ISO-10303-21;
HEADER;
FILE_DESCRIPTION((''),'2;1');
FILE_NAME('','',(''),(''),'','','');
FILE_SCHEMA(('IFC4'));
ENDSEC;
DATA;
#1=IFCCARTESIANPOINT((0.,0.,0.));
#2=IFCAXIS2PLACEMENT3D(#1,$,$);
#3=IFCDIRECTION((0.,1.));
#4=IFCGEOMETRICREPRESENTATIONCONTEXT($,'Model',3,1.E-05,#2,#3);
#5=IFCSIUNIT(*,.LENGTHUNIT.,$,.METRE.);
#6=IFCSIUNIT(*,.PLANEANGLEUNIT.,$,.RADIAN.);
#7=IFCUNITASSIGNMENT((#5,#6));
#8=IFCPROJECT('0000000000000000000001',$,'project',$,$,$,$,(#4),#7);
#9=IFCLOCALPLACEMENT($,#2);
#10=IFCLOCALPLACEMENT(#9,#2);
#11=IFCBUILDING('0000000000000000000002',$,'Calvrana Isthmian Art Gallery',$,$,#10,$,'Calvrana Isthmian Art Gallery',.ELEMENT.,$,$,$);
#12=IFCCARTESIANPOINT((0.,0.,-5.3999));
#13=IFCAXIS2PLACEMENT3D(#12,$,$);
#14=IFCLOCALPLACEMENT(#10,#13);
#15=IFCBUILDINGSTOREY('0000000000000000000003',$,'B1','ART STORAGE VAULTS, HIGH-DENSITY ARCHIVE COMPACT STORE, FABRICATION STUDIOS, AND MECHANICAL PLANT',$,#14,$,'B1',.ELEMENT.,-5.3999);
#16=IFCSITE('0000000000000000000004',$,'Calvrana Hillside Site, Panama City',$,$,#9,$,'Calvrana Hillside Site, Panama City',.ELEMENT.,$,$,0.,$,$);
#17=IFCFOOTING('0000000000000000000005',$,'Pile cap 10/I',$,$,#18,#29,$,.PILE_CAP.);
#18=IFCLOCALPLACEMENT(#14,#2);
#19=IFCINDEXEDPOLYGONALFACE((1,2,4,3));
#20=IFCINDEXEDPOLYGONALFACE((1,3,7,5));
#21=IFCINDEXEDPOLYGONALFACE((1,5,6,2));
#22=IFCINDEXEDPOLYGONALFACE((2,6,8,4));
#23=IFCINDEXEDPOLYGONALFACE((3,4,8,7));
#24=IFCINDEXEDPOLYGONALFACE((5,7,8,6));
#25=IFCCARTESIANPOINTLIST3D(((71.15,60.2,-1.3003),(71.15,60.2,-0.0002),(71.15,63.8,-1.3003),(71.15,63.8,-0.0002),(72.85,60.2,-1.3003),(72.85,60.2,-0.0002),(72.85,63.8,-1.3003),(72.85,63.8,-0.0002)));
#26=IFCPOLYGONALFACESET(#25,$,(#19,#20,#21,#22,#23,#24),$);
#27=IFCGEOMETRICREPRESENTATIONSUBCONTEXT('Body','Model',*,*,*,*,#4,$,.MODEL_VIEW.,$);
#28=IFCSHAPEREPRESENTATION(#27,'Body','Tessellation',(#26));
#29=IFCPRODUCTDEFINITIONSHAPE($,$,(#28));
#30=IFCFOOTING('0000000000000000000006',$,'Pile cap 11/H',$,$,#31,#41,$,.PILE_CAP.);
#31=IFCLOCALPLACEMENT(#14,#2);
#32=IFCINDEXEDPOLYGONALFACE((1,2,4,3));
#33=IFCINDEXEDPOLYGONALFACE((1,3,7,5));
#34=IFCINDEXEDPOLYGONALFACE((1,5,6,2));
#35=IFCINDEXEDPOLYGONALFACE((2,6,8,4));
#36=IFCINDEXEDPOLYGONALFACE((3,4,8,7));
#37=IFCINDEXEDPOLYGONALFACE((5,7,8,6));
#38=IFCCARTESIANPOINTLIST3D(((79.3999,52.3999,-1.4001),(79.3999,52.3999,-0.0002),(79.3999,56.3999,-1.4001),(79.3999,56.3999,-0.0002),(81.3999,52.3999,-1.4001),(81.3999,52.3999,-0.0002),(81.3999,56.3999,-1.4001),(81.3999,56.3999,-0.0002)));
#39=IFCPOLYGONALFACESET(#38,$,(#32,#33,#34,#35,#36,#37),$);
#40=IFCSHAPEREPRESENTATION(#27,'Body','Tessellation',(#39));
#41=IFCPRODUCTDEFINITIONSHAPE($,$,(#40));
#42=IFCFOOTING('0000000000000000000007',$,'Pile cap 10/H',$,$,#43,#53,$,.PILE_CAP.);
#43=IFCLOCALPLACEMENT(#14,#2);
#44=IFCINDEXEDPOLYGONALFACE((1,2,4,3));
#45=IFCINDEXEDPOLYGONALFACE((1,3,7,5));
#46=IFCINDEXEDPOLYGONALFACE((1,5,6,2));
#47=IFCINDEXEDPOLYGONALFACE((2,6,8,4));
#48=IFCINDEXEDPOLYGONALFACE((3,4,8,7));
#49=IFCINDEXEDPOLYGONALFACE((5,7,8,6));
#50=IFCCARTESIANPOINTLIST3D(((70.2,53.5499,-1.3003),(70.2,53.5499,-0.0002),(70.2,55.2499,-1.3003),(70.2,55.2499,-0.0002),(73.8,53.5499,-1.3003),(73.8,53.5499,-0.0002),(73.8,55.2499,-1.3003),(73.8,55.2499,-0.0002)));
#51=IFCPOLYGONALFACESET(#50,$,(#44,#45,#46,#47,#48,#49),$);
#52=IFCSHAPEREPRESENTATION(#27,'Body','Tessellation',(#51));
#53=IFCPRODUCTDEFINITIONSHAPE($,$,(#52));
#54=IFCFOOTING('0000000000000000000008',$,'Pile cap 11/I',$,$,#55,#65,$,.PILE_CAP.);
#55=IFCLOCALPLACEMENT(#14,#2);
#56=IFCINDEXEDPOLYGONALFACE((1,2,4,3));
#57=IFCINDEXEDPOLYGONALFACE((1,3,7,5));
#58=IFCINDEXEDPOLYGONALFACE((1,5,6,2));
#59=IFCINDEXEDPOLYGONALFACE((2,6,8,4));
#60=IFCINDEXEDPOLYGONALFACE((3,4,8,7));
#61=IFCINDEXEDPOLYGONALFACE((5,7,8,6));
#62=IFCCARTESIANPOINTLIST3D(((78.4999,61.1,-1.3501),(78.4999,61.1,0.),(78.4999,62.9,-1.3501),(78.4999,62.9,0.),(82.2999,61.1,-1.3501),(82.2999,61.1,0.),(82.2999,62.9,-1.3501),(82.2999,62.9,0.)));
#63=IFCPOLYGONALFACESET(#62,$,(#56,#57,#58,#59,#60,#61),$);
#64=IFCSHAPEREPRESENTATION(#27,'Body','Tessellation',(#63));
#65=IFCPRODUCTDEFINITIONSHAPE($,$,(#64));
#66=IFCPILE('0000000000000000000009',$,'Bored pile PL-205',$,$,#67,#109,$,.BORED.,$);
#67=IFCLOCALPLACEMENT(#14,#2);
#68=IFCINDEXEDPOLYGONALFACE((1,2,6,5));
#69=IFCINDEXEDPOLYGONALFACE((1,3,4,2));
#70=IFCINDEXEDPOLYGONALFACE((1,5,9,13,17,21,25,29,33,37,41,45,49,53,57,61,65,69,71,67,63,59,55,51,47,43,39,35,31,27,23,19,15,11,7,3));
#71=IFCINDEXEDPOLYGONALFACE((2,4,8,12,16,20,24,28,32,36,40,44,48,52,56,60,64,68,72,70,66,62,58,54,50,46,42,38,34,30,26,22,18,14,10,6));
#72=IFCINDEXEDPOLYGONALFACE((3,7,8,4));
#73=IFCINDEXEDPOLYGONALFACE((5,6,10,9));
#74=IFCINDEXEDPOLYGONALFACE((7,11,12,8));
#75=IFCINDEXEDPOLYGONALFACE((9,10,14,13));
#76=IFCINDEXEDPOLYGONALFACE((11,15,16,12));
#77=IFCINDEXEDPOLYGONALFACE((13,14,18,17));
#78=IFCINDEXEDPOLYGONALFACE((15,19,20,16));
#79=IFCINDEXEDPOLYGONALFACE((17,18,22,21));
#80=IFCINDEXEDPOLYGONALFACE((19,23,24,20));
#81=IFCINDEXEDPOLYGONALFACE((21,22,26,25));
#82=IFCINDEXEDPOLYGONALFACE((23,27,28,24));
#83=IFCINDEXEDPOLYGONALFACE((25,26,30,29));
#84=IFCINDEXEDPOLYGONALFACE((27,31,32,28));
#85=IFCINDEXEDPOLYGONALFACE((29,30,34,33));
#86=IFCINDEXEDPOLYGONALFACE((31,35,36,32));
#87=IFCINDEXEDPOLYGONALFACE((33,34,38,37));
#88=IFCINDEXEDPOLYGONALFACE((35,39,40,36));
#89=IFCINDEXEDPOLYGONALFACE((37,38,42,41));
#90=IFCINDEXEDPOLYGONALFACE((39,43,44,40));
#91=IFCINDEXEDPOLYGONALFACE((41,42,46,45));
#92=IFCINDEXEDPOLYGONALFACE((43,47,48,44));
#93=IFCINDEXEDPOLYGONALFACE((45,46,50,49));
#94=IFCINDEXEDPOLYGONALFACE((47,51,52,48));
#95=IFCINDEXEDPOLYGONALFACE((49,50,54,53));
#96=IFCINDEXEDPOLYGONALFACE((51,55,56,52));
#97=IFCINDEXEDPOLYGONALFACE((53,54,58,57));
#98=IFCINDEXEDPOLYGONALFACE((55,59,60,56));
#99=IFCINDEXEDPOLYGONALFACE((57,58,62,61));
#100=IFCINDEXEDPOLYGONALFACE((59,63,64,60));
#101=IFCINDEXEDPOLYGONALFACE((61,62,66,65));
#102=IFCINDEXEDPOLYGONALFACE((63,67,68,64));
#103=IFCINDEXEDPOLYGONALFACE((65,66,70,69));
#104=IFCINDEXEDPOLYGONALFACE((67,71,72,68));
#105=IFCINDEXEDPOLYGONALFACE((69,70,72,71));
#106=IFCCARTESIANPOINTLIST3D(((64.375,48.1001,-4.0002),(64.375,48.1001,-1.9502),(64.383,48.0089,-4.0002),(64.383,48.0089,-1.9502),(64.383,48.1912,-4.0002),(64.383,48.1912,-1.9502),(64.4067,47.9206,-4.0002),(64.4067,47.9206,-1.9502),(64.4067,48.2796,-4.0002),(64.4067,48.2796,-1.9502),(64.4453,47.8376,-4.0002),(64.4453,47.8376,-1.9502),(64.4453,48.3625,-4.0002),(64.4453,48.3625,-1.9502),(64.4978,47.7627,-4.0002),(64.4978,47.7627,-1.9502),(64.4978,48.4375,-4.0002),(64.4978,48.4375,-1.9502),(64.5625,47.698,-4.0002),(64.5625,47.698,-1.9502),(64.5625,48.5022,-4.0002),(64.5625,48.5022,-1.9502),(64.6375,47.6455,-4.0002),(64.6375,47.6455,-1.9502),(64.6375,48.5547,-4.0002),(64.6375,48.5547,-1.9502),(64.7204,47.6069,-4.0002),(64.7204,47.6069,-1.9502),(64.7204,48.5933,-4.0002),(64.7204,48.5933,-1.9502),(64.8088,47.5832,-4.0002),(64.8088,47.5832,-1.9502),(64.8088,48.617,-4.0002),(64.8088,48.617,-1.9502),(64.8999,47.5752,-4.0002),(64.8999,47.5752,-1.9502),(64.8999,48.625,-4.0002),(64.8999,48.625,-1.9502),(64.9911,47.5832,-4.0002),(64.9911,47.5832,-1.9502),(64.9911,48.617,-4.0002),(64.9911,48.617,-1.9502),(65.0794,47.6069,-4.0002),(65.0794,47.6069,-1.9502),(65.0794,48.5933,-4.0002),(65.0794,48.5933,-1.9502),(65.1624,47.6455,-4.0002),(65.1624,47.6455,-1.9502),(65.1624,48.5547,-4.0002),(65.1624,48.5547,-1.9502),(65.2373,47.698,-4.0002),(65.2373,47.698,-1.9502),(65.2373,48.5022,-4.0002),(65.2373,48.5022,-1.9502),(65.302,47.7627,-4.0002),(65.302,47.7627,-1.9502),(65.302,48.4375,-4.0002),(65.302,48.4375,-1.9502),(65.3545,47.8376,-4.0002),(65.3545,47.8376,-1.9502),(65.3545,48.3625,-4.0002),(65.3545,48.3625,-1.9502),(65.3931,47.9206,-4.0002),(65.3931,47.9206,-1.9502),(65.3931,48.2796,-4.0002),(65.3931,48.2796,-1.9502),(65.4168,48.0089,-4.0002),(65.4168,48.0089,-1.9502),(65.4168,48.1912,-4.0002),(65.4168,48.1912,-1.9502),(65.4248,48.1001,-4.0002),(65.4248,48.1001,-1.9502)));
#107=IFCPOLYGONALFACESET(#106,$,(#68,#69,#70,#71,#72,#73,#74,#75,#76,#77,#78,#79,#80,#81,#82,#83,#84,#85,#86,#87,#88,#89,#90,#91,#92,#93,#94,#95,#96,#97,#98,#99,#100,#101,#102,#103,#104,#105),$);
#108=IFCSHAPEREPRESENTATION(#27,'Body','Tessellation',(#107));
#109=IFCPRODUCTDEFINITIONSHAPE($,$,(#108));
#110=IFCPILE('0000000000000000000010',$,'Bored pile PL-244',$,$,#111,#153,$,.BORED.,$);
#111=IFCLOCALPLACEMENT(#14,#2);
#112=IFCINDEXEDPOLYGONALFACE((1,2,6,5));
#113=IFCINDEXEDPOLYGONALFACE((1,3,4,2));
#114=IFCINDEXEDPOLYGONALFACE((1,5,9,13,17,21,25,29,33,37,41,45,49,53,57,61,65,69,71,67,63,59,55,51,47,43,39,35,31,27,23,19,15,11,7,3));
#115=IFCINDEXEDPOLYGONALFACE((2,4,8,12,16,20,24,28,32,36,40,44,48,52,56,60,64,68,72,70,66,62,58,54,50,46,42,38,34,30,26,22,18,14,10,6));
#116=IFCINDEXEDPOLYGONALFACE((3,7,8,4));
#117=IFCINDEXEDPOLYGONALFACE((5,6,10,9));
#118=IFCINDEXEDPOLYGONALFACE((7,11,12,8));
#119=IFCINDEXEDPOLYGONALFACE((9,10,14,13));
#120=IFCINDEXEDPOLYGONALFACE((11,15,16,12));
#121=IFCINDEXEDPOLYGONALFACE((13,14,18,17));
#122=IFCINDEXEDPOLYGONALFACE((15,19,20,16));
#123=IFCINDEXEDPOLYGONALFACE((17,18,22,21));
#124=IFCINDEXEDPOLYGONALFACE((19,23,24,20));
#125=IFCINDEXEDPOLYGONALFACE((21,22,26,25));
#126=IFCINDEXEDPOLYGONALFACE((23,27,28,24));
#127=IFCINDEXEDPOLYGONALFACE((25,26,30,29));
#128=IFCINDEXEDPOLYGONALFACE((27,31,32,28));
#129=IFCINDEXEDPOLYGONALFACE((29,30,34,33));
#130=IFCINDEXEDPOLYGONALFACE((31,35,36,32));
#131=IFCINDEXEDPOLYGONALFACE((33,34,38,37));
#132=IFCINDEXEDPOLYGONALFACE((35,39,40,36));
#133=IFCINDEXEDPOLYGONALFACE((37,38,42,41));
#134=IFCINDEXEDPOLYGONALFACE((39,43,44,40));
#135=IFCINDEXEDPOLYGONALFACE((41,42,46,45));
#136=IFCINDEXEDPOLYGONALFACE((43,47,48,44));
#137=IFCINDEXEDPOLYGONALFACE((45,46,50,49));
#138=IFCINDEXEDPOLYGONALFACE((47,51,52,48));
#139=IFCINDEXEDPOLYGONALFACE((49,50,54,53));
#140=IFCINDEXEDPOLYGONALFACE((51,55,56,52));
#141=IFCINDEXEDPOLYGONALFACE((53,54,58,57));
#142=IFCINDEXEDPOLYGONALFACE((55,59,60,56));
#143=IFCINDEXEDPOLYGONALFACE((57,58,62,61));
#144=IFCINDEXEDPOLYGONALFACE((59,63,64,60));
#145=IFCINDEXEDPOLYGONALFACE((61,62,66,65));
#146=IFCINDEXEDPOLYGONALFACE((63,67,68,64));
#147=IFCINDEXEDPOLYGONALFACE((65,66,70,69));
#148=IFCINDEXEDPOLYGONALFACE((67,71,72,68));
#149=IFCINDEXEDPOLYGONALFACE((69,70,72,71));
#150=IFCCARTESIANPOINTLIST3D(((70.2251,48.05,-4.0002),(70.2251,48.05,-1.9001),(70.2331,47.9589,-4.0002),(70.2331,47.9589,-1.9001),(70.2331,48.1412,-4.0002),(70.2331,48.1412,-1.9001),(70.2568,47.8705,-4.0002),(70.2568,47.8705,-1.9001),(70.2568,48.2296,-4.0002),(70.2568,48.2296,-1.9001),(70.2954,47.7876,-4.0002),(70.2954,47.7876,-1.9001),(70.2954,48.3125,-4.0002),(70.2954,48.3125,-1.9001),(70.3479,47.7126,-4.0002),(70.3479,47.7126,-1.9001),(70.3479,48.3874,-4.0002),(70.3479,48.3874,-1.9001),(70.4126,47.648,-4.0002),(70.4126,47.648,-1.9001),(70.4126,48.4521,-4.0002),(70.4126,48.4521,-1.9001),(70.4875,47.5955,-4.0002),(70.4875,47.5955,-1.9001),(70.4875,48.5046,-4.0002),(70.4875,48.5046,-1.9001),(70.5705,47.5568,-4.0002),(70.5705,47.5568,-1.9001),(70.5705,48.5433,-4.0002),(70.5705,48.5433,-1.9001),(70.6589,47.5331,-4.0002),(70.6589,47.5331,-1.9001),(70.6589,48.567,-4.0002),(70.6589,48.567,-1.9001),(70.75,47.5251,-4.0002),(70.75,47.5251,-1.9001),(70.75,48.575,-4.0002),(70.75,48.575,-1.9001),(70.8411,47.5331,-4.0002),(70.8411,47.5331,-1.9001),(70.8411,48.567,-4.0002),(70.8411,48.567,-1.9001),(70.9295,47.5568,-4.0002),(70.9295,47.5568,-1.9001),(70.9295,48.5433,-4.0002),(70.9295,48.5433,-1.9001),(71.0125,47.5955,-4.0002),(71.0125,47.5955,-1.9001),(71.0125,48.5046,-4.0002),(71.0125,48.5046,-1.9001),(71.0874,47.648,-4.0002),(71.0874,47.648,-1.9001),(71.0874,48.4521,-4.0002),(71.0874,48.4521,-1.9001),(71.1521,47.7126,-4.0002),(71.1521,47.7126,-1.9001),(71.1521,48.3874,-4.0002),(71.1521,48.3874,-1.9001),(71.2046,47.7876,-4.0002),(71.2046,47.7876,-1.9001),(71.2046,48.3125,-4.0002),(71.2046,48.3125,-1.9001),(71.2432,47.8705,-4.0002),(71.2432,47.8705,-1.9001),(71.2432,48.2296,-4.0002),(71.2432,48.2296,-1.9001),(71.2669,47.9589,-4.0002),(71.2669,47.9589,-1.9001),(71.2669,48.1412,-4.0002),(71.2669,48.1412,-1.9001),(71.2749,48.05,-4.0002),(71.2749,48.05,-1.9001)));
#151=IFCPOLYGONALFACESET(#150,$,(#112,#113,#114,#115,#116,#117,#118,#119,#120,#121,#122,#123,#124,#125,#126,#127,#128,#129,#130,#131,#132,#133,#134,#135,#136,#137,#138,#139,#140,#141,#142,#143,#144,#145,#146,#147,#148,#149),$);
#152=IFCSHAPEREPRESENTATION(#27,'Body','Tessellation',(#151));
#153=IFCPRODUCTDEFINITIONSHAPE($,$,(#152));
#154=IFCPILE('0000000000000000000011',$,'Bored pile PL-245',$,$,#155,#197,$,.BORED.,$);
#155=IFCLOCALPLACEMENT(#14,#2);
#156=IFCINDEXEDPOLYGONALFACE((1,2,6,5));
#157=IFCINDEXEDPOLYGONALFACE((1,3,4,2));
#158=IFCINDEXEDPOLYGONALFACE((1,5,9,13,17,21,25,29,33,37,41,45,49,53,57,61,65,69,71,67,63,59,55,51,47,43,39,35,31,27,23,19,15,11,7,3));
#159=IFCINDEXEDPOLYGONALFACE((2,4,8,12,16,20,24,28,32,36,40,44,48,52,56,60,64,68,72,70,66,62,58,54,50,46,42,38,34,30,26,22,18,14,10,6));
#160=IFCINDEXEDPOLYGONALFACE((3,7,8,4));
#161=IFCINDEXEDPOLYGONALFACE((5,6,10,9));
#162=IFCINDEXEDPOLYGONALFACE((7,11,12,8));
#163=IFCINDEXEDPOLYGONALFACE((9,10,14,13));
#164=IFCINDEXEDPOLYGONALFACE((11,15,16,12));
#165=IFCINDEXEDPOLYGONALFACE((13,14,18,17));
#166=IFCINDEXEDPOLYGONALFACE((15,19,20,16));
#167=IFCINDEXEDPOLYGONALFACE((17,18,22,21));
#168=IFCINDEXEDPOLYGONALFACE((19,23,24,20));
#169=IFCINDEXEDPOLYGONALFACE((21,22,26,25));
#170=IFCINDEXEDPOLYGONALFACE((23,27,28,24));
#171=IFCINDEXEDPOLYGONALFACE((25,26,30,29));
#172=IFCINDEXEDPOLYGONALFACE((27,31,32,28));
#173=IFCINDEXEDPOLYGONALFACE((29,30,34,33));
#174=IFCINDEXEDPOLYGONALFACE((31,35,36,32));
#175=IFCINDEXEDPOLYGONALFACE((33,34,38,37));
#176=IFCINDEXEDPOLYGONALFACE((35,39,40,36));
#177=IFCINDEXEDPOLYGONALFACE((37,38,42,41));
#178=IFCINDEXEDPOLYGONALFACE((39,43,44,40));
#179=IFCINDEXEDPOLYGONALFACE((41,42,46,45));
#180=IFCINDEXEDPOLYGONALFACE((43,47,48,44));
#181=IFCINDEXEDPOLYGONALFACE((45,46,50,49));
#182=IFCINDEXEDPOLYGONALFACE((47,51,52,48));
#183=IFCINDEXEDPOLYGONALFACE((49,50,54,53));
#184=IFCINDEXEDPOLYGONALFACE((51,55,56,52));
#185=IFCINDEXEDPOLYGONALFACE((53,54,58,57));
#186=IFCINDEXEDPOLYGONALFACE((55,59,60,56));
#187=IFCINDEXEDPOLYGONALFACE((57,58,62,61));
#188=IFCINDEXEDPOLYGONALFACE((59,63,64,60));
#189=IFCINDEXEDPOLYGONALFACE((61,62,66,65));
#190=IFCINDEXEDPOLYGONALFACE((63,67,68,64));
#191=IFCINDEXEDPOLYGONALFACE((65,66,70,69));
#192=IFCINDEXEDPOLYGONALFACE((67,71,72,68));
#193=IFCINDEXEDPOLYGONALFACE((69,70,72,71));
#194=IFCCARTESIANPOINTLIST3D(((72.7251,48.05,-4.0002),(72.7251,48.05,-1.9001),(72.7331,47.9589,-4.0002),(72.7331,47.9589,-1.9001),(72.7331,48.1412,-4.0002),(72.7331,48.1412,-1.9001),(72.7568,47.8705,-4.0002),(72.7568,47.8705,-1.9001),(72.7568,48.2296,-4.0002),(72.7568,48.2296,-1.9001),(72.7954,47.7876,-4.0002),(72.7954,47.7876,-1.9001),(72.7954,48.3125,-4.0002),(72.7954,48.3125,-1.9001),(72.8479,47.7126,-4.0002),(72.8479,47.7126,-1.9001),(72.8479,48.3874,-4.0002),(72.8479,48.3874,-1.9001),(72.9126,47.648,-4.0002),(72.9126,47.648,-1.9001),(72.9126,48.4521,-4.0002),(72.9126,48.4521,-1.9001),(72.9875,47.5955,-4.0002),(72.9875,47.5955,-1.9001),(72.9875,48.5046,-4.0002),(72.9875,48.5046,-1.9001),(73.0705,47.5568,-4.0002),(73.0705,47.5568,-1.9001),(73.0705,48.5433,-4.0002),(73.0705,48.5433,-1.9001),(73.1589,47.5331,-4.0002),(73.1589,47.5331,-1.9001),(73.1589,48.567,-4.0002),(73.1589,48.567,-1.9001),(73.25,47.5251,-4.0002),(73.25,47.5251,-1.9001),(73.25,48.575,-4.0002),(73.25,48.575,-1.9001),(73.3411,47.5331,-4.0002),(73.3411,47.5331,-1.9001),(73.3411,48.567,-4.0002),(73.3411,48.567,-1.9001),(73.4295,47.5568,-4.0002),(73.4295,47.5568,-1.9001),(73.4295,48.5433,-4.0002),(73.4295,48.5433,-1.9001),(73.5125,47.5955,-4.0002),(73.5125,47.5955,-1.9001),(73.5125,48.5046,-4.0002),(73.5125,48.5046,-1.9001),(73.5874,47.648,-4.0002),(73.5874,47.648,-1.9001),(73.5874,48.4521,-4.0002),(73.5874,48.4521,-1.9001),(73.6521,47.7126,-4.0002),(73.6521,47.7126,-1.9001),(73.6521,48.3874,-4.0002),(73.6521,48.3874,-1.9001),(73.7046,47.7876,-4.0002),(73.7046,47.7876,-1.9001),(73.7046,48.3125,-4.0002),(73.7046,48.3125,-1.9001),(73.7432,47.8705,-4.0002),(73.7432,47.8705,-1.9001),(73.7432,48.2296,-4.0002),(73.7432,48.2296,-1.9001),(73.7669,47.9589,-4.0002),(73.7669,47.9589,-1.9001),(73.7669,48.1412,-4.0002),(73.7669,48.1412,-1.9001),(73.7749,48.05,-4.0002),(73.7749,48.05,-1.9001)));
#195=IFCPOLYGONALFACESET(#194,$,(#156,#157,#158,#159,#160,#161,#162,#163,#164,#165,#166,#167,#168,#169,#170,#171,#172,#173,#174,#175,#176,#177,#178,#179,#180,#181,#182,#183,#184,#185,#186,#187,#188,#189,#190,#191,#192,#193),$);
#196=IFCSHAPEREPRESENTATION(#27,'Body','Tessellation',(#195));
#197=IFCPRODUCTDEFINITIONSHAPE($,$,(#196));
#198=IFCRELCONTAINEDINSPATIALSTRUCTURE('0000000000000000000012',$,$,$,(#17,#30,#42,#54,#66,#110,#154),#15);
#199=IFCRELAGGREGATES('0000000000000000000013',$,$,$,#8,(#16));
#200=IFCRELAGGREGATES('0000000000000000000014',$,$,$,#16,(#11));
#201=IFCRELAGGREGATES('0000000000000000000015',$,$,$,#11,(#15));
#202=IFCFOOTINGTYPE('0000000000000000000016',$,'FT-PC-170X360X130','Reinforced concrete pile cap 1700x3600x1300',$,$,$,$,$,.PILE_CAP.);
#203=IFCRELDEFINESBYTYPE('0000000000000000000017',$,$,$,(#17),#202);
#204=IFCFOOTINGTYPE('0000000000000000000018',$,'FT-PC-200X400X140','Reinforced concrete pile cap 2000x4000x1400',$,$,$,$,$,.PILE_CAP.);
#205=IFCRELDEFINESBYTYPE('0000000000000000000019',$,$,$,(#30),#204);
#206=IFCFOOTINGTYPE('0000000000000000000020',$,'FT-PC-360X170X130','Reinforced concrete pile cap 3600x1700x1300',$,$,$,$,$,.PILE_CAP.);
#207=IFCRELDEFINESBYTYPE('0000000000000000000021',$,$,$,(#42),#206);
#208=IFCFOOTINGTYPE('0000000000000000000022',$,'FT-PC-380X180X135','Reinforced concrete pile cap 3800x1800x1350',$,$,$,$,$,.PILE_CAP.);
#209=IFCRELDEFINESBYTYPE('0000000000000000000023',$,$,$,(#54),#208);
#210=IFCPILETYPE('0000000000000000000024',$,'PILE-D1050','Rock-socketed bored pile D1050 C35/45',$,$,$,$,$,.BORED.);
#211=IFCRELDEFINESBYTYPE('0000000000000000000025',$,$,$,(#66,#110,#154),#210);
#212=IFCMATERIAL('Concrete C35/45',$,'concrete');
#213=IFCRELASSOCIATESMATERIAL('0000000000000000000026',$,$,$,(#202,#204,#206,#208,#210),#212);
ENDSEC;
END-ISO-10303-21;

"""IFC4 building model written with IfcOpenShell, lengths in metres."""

from ifc_helpers import new_model, si_unit, direction, frame, origin, origin_2d, place, context, subcontext, project, spatial, rectangle, circle, extrude, material, material_profile, profile_set, type_object, element, save


model = new_model("IFC4")

# Units and contexts
model_context = context("Model", 3, precision=1e-05, world=origin(), true_north=direction((0.0, 1.0)))
body_context = subcontext(model_context, "Body", "Model", "MODEL_VIEW")
ifc_project = project(units=[si_unit("LENGTHUNIT", "METRE"), si_unit("PLANEANGLEUNIT", "RADIAN")], contexts=[model_context])

# Site, building, storey
site_placement = place(None, origin())
site = spatial("IfcSite", under=ifc_project, at=site_placement, Name="Calvrana Hillside Site, Panama City", LongName="Calvrana Hillside Site, Panama City", CompositionType="ELEMENT", RefElevation=0.0)
building_placement = place(site_placement, origin())
building = spatial("IfcBuilding", under=site, at=building_placement, Name="Calvrana Isthmian Art Gallery", LongName="Calvrana Isthmian Art Gallery", CompositionType="ELEMENT")
storey_placement = place(building_placement, frame((0.0, 0.0, -5.3999)))
storey = spatial("IfcBuildingStorey", under=building, at=storey_placement, Name="B1", Description="ART STORAGE VAULTS, HIGH-DENSITY ARCHIVE COMPACT STORE, FABRICATION STUDIOS, AND MECHANICAL PLANT", LongName="B1", CompositionType="ELEMENT", Elevation=-5.3999)

# Footings
ifc_material_1 = material(Name="Concrete C35/45", Category="concrete")
footing_type_1 = type_object("IfcFootingType", Name="FT-PC-170X360X130", Description="Reinforced concrete pile cap 1700x3600x1300", PredefinedType="PILE_CAP", material=ifc_material_1)
footing_1_placement = place(storey_placement, frame((72.0, 62.0, -1.3003), z_axis=(0.0, 0.0, 1.0), x_axis=(1.0, 0.0, 0.0)))
element("IfcFooting", 1, at=footing_1_placement, inside=storey, type_object=footing_type_1, Name="Pile cap 10/I", PredefinedType="PILE_CAP", context=body_context, shape_type="SweptSolid", body=[
    extrude(rectangle(XDim=1.7, YDim=3.6001, at=origin_2d()), origin(), (0.0, 0.0, 1.0), 1.3),
])
footing_type_2 = type_object("IfcFootingType", Name="FT-PC-200X400X140", Description="Reinforced concrete pile cap 2000x4000x1400", PredefinedType="PILE_CAP", material=ifc_material_1)
footing_2_placement = place(storey_placement, frame((80.3999, 54.3999, -1.4001), z_axis=(0.0, 0.0, 1.0), x_axis=(1.0, 0.0, 0.0)))
element("IfcFooting", 2, at=footing_2_placement, inside=storey, type_object=footing_type_2, Name="Pile cap 11/H", PredefinedType="PILE_CAP", context=body_context, shape_type="SweptSolid", body=[
    extrude(rectangle(XDim=2.0, YDim=4.0, at=origin_2d()), origin(), (0.0, 0.0, 1.0), 1.3999),
])
footing_type_3 = type_object("IfcFootingType", Name="FT-PC-360X170X130", Description="Reinforced concrete pile cap 3600x1700x1300", PredefinedType="PILE_CAP", material=ifc_material_1)
footing_3_placement = place(storey_placement, frame((72.0, 54.3999, -1.3003), z_axis=(0.0, 0.0, 1.0), x_axis=(1.0, 0.0, 0.0)))
element("IfcFooting", 3, at=footing_3_placement, inside=storey, type_object=footing_type_3, Name="Pile cap 10/H", PredefinedType="PILE_CAP", context=body_context, shape_type="SweptSolid", body=[
    extrude(rectangle(XDim=3.6001, YDim=1.7, at=origin_2d()), origin(), (0.0, 0.0, 1.0), 1.3),
])
footing_type_4 = type_object("IfcFootingType", Name="FT-PC-380X180X135", Description="Reinforced concrete pile cap 3800x1800x1350", PredefinedType="PILE_CAP", material=ifc_material_1)
footing_4_placement = place(storey_placement, frame((80.3999, 62.0, -1.3501), z_axis=(0.0, 0.0, 1.0), x_axis=(1.0, 0.0, 0.0)))
element("IfcFooting", 4, at=footing_4_placement, inside=storey, type_object=footing_type_4, Name="Pile cap 11/I", PredefinedType="PILE_CAP", context=body_context, shape_type="SweptSolid", body=[
    extrude(rectangle(XDim=3.8, YDim=1.8, at=origin_2d()), origin(), (0.0, 0.0, 1.0), 1.3501),
])

# Piles
ifc_material_profile_1 = material_profile(ifc_material_1, circle(Radius=0.5249, at=origin_2d()), Name="PILE1050D")
ifc_profile_set_1 = profile_set([ifc_material_profile_1], Name="Concrete C35/45")
pile_type_1 = type_object("IfcPileType", Name="PILE-D1050", Description="Rock-socketed bored pile D1050 C35/45", PredefinedType="BORED", material=ifc_profile_set_1)
pile_1_placement = place(storey_placement, frame((64.8999, 48.1001, -1.9502), z_axis=(0.0, 0.0, -1.0), x_axis=(1.0, 0.0, 0.0)))
element("IfcPile", 5, at=pile_1_placement, inside=storey, type_object=pile_type_1, Name="Bored pile PL-205", PredefinedType="BORED", context=body_context, shape_type="SweptSolid", body=[
    extrude(circle(Radius=0.5249, at=origin_2d()), origin(), (0.0, 0.0, 1.0), 2.05),
])
for number, where, z_axis, x_axis, name in (
    (6, (70.75, 48.05, -1.9001), (0.0, 0.0, -1.0), (1.0, 0.0, 0.0), "Bored pile PL-244"),
    (7, (73.25, 48.05, -1.9001), (0.0, 0.0, -1.0), (1.0, 0.0, 0.0), "Bored pile PL-245"),
):
    element("IfcPile", number, at=place(storey_placement, frame(where, z_axis=z_axis, x_axis=x_axis)), inside=storey, type_object=pile_type_1, Name=name, PredefinedType="BORED", context=body_context, shape_type="SweptSolid", body=[
        extrude(circle(Radius=0.5249, at=origin_2d()), origin(), (0.0, 0.0, 1.0), 2.1001),
    ])

save(model, "model.ifc")
